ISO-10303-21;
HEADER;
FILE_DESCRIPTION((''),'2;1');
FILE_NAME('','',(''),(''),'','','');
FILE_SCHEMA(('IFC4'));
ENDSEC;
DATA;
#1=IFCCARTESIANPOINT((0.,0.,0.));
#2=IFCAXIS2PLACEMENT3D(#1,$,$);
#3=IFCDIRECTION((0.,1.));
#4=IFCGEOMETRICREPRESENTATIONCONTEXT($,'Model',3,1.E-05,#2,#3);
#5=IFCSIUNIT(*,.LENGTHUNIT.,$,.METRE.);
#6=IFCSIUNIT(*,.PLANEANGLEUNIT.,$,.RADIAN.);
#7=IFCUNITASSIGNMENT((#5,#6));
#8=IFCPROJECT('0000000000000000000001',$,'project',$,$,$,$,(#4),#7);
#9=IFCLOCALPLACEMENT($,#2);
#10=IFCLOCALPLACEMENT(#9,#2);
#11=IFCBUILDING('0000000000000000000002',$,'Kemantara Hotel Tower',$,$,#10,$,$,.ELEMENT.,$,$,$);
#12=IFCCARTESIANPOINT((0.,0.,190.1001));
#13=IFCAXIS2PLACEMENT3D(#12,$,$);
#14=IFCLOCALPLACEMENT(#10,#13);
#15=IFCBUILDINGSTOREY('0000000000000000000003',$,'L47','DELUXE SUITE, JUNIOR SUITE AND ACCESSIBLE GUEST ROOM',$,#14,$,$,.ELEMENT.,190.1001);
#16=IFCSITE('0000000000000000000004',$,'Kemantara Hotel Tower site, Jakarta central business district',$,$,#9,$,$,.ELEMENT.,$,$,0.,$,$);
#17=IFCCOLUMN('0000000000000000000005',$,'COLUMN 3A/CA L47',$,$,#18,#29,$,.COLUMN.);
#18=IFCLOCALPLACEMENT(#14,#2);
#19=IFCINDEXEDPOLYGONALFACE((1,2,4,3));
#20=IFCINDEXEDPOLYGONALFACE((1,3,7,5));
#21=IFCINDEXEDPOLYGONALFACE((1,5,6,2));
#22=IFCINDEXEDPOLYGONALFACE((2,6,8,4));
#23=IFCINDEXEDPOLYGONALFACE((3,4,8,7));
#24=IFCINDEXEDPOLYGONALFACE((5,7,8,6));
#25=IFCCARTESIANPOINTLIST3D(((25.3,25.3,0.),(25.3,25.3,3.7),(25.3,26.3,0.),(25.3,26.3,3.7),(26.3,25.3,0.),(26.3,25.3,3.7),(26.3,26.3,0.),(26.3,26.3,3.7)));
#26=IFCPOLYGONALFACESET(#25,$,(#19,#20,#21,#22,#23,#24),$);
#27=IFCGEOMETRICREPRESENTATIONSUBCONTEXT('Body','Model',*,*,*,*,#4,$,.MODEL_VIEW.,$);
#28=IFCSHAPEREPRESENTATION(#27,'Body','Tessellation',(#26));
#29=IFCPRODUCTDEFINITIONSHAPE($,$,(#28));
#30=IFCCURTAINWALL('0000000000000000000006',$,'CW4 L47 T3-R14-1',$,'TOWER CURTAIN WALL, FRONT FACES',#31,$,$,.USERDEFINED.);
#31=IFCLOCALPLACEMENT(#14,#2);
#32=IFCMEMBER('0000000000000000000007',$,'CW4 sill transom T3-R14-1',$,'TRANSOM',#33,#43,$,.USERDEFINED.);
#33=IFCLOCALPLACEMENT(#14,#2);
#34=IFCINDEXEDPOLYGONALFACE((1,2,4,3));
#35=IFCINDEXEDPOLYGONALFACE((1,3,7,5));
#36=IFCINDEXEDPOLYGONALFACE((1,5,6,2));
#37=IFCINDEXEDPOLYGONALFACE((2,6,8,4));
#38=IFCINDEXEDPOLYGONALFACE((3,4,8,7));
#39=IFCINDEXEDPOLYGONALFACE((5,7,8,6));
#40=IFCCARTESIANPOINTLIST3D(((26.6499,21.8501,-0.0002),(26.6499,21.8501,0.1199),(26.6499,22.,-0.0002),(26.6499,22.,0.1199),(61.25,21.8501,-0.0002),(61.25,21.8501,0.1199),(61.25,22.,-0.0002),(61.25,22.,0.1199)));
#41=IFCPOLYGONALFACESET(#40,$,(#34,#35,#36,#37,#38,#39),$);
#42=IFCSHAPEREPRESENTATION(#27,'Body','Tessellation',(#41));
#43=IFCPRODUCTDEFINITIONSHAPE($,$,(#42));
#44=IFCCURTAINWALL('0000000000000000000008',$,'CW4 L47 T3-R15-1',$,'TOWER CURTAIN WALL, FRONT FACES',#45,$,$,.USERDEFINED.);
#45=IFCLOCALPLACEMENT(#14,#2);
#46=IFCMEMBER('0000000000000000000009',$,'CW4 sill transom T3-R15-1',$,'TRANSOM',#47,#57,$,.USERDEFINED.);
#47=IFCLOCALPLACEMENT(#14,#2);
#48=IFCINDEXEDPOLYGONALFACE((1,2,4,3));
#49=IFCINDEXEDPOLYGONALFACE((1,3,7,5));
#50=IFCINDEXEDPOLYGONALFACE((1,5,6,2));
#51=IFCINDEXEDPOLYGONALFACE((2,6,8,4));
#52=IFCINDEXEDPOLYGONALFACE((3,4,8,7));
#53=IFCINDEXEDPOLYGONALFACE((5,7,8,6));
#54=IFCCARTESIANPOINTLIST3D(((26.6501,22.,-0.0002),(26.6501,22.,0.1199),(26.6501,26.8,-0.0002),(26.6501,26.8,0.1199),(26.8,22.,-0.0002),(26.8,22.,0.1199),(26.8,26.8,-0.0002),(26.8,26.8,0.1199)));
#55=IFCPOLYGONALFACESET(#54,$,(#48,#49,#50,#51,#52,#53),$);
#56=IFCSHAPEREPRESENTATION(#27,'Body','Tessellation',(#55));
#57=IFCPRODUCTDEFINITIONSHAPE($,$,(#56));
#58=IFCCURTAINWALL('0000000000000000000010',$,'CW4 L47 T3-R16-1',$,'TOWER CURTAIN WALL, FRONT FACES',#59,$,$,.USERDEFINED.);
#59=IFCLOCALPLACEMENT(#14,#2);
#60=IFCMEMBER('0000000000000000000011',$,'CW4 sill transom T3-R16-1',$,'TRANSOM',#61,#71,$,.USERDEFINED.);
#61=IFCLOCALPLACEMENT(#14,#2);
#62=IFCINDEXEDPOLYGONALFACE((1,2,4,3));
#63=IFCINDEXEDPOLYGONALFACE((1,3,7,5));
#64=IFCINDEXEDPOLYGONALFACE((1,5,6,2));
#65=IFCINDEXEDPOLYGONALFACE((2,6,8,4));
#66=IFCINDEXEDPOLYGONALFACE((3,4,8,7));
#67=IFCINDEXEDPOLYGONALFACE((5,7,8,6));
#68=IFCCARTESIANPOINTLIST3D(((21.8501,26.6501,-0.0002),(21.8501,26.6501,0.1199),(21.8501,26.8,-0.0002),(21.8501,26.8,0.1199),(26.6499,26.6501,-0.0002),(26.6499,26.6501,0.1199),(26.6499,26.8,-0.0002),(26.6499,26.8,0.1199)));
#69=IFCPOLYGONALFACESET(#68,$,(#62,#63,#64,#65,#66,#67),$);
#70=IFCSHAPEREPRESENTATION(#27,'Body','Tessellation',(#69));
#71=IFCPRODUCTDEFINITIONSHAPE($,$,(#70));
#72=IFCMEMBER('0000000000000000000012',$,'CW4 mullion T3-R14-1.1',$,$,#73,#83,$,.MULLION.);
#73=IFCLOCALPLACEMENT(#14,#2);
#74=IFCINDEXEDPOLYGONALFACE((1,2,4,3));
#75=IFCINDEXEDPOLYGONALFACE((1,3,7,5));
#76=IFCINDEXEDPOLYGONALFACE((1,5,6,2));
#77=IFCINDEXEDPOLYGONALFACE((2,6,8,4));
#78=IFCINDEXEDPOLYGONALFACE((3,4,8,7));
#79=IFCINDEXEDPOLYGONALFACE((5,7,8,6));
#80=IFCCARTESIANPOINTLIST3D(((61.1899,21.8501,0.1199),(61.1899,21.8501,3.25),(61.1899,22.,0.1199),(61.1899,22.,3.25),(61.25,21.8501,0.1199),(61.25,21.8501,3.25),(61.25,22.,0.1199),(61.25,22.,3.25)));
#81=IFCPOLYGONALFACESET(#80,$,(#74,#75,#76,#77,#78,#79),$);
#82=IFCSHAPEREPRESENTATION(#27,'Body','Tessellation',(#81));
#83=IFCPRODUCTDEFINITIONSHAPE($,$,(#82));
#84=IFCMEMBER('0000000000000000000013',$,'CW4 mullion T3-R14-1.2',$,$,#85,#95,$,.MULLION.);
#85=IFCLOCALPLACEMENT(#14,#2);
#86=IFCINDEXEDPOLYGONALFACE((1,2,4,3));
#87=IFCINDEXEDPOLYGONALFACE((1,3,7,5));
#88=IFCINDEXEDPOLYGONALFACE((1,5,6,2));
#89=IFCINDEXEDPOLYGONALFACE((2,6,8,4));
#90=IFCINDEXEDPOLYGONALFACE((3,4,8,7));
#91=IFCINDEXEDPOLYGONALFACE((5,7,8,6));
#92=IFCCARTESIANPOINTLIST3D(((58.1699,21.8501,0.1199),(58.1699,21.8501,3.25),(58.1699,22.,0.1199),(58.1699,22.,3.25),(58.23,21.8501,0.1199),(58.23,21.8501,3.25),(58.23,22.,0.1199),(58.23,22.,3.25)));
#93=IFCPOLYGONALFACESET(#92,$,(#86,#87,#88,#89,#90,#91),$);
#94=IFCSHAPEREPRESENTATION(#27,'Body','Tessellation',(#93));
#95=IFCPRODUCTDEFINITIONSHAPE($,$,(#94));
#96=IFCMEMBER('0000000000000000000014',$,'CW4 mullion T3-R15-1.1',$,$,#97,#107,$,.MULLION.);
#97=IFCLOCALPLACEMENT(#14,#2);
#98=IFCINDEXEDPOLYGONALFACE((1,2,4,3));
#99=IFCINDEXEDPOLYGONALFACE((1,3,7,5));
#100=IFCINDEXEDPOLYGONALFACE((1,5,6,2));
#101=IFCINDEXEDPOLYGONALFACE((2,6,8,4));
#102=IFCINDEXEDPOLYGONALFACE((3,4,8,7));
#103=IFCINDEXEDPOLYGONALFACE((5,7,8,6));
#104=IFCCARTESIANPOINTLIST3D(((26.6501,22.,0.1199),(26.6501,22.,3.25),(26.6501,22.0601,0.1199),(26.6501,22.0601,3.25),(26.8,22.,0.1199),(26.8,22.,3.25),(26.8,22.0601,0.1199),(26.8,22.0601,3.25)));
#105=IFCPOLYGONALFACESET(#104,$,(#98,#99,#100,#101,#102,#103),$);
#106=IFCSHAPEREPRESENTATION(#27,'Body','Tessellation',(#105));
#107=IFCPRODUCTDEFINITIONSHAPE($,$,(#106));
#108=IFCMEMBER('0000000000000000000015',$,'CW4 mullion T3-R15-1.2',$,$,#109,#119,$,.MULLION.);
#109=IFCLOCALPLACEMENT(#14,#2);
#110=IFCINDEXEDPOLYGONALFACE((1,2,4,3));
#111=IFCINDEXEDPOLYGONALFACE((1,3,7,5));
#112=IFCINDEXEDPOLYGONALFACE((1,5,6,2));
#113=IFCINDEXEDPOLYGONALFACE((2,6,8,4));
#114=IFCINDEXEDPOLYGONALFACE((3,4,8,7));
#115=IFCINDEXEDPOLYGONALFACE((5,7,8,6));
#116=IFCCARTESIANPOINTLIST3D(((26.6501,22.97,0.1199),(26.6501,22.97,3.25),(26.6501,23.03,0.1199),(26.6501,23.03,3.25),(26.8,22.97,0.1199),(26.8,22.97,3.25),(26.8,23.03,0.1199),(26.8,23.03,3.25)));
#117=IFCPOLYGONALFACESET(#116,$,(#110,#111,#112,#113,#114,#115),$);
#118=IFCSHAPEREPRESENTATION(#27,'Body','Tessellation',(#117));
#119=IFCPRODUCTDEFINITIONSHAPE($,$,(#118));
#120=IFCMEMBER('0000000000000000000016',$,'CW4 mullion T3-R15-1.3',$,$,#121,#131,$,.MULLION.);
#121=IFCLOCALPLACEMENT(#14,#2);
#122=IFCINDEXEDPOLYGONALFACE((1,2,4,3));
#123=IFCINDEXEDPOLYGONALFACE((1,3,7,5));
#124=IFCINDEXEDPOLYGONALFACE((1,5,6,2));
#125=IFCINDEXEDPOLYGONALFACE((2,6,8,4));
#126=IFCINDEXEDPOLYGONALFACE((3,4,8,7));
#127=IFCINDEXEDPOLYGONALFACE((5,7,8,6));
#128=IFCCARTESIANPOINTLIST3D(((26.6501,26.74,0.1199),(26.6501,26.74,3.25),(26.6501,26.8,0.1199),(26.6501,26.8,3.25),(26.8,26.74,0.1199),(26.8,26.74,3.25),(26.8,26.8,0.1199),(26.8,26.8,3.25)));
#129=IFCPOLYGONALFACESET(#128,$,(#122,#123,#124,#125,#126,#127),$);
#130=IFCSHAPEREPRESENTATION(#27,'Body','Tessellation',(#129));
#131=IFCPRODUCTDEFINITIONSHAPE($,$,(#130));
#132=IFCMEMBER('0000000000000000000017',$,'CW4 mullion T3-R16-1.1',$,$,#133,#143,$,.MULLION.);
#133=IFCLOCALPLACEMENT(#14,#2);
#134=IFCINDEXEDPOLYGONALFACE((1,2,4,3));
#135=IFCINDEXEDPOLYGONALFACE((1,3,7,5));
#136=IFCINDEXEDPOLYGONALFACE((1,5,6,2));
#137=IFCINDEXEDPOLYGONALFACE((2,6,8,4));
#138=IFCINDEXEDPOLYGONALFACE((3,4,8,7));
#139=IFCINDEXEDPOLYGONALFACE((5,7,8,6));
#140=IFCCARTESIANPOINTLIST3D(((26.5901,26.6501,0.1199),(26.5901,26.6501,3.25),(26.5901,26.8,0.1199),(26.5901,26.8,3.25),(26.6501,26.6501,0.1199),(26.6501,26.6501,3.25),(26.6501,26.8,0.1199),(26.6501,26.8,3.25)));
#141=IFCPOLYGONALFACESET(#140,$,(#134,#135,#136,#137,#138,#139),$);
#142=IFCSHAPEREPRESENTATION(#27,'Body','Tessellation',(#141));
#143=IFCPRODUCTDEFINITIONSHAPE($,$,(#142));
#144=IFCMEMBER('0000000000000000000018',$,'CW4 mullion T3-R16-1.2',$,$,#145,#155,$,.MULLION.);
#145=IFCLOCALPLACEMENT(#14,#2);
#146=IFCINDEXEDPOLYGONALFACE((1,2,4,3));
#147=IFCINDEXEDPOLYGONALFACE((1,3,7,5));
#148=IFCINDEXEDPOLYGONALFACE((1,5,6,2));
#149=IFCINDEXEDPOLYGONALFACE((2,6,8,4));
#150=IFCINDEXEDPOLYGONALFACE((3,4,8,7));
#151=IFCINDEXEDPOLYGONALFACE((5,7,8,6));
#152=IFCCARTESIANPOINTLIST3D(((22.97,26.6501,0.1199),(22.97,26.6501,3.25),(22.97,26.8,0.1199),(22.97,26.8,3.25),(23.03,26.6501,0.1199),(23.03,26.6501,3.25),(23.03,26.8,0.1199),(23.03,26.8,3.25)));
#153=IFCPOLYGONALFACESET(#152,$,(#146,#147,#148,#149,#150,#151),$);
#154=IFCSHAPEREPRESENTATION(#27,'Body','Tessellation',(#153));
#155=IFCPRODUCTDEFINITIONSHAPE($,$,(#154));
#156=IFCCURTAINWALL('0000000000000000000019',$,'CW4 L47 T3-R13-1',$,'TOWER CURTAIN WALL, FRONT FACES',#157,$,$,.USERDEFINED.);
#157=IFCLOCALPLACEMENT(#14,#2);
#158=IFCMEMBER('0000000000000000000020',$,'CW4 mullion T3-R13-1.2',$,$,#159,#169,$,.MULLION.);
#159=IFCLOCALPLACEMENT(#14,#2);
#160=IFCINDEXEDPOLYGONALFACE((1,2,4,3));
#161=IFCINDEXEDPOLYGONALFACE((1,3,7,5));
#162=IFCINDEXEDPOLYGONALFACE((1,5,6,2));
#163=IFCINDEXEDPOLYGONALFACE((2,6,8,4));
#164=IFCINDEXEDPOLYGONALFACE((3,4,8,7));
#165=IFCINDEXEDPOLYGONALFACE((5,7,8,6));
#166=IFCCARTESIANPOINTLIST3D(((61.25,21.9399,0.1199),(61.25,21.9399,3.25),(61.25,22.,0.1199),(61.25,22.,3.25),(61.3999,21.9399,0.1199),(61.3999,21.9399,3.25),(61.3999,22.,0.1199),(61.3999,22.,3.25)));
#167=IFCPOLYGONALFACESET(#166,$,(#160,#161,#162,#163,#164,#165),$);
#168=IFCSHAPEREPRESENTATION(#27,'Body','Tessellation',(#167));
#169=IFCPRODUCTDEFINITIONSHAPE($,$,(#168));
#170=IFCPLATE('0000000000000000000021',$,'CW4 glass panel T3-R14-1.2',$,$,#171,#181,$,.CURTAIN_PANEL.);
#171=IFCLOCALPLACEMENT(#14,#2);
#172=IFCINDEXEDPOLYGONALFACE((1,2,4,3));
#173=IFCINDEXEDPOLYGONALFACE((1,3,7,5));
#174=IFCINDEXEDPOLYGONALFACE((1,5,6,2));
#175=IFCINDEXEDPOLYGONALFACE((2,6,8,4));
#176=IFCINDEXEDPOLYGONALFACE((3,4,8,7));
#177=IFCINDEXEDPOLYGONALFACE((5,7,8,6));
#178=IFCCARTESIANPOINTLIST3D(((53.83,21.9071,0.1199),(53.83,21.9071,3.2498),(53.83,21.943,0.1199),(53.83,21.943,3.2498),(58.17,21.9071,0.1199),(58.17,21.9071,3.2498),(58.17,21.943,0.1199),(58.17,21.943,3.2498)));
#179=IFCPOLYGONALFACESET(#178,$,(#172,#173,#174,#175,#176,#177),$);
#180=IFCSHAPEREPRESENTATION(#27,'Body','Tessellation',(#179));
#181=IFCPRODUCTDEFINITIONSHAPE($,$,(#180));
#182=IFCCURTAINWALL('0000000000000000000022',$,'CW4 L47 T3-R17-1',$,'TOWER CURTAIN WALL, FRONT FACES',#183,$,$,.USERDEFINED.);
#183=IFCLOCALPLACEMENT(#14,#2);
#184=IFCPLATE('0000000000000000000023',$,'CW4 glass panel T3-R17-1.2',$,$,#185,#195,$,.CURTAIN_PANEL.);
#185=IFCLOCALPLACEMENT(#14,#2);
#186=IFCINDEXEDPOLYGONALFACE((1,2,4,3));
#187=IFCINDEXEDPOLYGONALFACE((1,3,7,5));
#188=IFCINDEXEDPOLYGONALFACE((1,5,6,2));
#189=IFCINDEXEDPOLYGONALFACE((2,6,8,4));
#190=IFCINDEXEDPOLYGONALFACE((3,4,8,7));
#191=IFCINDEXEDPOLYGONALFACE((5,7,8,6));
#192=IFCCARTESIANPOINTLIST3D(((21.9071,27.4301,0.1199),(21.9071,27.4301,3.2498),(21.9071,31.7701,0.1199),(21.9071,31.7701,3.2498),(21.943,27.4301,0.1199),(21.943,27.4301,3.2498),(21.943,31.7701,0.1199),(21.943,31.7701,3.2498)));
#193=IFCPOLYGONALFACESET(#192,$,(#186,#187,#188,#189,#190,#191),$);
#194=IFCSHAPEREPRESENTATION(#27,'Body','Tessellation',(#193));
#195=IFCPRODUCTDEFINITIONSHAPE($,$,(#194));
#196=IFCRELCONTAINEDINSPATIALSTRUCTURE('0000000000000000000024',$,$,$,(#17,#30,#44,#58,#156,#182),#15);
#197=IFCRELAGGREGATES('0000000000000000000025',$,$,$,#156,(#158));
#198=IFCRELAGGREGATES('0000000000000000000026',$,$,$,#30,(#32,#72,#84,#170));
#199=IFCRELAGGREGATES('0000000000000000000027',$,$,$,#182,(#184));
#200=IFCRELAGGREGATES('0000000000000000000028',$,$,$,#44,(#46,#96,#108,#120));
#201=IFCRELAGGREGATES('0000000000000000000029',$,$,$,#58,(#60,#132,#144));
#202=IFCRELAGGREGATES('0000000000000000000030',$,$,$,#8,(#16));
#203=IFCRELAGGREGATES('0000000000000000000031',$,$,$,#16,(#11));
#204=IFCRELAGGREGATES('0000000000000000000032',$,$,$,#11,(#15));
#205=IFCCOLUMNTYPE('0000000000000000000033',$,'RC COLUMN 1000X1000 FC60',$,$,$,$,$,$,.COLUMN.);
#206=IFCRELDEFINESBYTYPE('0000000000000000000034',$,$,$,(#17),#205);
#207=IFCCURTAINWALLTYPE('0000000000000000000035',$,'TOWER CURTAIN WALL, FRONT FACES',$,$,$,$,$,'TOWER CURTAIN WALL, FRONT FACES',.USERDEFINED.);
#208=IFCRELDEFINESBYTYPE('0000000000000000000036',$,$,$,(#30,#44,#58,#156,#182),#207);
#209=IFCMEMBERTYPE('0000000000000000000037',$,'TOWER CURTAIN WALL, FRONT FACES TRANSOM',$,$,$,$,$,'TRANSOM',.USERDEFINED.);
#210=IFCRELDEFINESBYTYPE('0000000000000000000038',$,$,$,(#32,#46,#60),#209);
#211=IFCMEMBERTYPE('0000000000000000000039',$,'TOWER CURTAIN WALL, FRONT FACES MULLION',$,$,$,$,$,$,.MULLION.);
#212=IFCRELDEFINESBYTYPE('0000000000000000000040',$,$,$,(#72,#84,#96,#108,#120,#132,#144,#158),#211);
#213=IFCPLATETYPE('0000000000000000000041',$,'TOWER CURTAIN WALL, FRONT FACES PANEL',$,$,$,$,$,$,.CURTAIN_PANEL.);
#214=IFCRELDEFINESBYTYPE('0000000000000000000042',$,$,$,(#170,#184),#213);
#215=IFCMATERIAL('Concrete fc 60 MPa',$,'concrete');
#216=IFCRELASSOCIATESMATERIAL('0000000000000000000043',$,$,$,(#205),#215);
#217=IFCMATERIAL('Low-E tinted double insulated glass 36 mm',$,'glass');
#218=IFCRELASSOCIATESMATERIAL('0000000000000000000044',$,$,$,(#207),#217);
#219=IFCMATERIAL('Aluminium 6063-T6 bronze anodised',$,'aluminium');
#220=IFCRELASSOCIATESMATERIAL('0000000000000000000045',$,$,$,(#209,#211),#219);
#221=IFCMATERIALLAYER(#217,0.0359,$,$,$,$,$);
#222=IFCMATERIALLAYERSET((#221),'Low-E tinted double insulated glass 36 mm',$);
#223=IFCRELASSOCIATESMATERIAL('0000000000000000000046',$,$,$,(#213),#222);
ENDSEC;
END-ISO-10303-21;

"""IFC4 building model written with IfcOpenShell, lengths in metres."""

from ifc_helpers import new_model, si_unit, direction, frame, origin, origin_2d, place, context, subcontext, project, spatial, rectangle, extrude, source, transform, mapped, material, layer, layer_set, material_profile, profile_set, type_object, element, aggregate, save


model = new_model("IFC4")

# Units and contexts
model_context = context("Model", 3, precision=1e-05, world=origin(), true_north=direction((0.0, 1.0)))
body_context = subcontext(model_context, "Body", "Model", "MODEL_VIEW")
ifc_project = project(units=[si_unit("LENGTHUNIT", "METRE"), si_unit("PLANEANGLEUNIT", "RADIAN")], contexts=[model_context])

# Site, building, storey
site_placement = place(None, origin())
site = spatial("IfcSite", under=ifc_project, at=site_placement, Name="Kemantara Hotel Tower site, Jakarta central business district", CompositionType="ELEMENT", RefElevation=0.0)
building_placement = place(site_placement, origin())
building = spatial("IfcBuilding", under=site, at=building_placement, Name="Kemantara Hotel Tower", CompositionType="ELEMENT")
storey_placement = place(building_placement, frame((0.0, 0.0, 190.1001)))
storey = spatial("IfcBuildingStorey", under=building, at=storey_placement, Name="L47", Description="DELUXE SUITE, JUNIOR SUITE AND ACCESSIBLE GUEST ROOM", CompositionType="ELEMENT", Elevation=190.1001)

# Column
ifc_material_1 = material(Name="Concrete fc 60 MPa", Category="concrete")
ifc_material_profile_1 = material_profile(ifc_material_1, rectangle(XDim=1.0, YDim=1.0, at=origin_2d()), Name="RC 1000X1000")
ifc_profile_set_1 = profile_set([ifc_material_profile_1], Name="Concrete fc 60 MPa")
column_type = type_object("IfcColumnType", Name="RC COLUMN 1000X1000 FC60", PredefinedType="COLUMN", material=ifc_profile_set_1)
column_placement = place(storey_placement, frame((25.8, 25.8, 0.0), z_axis=(0.0, 0.0, 1.0), x_axis=(1.0, 0.0, 0.0)))
element("IfcColumn", 1, at=column_placement, inside=storey, type_object=column_type, Name="COLUMN 3A/CA L47", PredefinedType="COLUMN", context=body_context, shape_type="SweptSolid", body=[
    extrude(rectangle(XDim=1.0, YDim=1.0, at=origin_2d()), origin(), (0.0, 0.0, 1.0), 3.7),
])

# Curtain walls, members
ifc_material_2 = material(Name="Low-E tinted double insulated glass 36 mm", Category="glass")
curtain_wall_type = type_object("IfcCurtainWallType", Name="TOWER CURTAIN WALL, FRONT FACES", ElementType="TOWER CURTAIN WALL, FRONT FACES", PredefinedType="USERDEFINED", material=ifc_material_2)
curtain_wall_1_placement = place(storey_placement, origin())
curtain_wall_1 = element("IfcCurtainWall", 2, at=curtain_wall_1_placement, inside=storey, type_object=curtain_wall_type, Name="CW4 L47 T3-R14-1", ObjectType="TOWER CURTAIN WALL, FRONT FACES", PredefinedType="USERDEFINED")
ifc_material_3 = material(Name="Aluminium 6063-T6 bronze anodised", Category="aluminium")
ifc_material_profile_2 = material_profile(ifc_material_3, rectangle(XDim=0.1499, YDim=0.1201, at=origin_2d()), Name="TOWER CURTAIN WALL, FRONT FACES TRANSOM")
ifc_profile_set_2 = profile_set([ifc_material_profile_2], Name="Aluminium 6063-T6 bronze anodised")
member_type_1 = type_object("IfcMemberType", Name="TOWER CURTAIN WALL, FRONT FACES TRANSOM", ElementType="TRANSOM", PredefinedType="USERDEFINED", material=ifc_profile_set_2)
member_1_placement = place(storey_placement, frame((61.25, 21.925, 0.0598), z_axis=(-1.0, 0.0, 0.0), x_axis=(0.0, -1.0, 0.0)))
member_1 = element("IfcMember", 3, at=member_1_placement, type_object=member_type_1, Name="CW4 sill transom T3-R14-1", ObjectType="TRANSOM", PredefinedType="USERDEFINED", context=body_context, shape_type="SweptSolid", body=[
    extrude(rectangle(XDim=0.1499, YDim=0.1201, at=origin_2d()), origin(), (0.0, 0.0, 1.0), 34.6001),
])
curtain_wall_2_placement = place(storey_placement, origin())
curtain_wall_2 = element("IfcCurtainWall", 4, at=curtain_wall_2_placement, inside=storey, type_object=curtain_wall_type, Name="CW4 L47 T3-R15-1", ObjectType="TOWER CURTAIN WALL, FRONT FACES", PredefinedType="USERDEFINED")
member_2_placement = place(storey_placement, frame((26.7251, 22.0, 0.0598), z_axis=(0.0, 1.0, 0.0), x_axis=(-1.0, 0.0, 0.0)))
member_2 = element("IfcMember", 5, at=member_2_placement, type_object=member_type_1, Name="CW4 sill transom T3-R15-1", ObjectType="TRANSOM", PredefinedType="USERDEFINED", context=body_context, shape_type="SweptSolid", body=[
    extrude(rectangle(XDim=0.1499, YDim=0.1201, at=origin_2d()), origin(), (0.0, 0.0, 1.0), 4.8),
])
curtain_wall_3_placement = place(storey_placement, origin())
curtain_wall_3 = element("IfcCurtainWall", 6, at=curtain_wall_3_placement, inside=storey, type_object=curtain_wall_type, Name="CW4 L47 T3-R16-1", ObjectType="TOWER CURTAIN WALL, FRONT FACES", PredefinedType="USERDEFINED")
member_3_placement = place(storey_placement, frame((26.6499, 26.7251, 0.0598), z_axis=(-1.0, 0.0, 0.0), x_axis=(0.0, -1.0, 0.0)))
member_3 = element("IfcMember", 7, at=member_3_placement, type_object=member_type_1, Name="CW4 sill transom T3-R16-1", ObjectType="TRANSOM", PredefinedType="USERDEFINED", context=body_context, shape_type="SweptSolid", body=[
    extrude(rectangle(XDim=0.1499, YDim=0.1201, at=origin_2d()), origin(), (0.0, 0.0, 1.0), 4.7998),
])

# Members
ifc_material_profile_3 = material_profile(ifc_material_3, rectangle(XDim=0.1499, YDim=0.0601, at=origin_2d()), Name="TOWER CURTAIN WALL, FRONT FACES MULLION")
ifc_profile_set_3 = profile_set([ifc_material_profile_3], Name="Aluminium 6063-T6 bronze anodised")
member_type_2 = type_object("IfcMemberType", Name="TOWER CURTAIN WALL, FRONT FACES MULLION", PredefinedType="MULLION", material=ifc_profile_set_3)
shared_shape_1 = source(origin(), body_context, "Body", "SweptSolid", [
    extrude(rectangle(XDim=0.1499, YDim=0.0601, at=origin_2d()), origin(), (0.0, 0.0, 1.0), 3.1301),
])
member_4_placement = place(storey_placement, frame((61.22, 21.925, 0.1199), z_axis=(0.0, 0.0, 1.0), x_axis=(0.0, -1.0, 0.0)))
member_4 = element("IfcMember", 8, at=member_4_placement, type_object=member_type_2, Name="CW4 mullion T3-R14-1.1", PredefinedType="MULLION", context=body_context, shape_type="MappedRepresentation", body=[
    mapped(shared_shape_1, transform((0.0, 0.0, 0.0))),
])
member_5_placement = place(storey_placement, frame((58.2, 21.925, 0.1199), z_axis=(0.0, 0.0, 1.0), x_axis=(0.0, -1.0, 0.0)))
member_5 = element("IfcMember", 9, at=member_5_placement, type_object=member_type_2, Name="CW4 mullion T3-R14-1.2", PredefinedType="MULLION", context=body_context, shape_type="MappedRepresentation", body=[
    mapped(shared_shape_1, transform((0.0, 0.0, 0.0))),
])
member_6_placement = place(storey_placement, frame((26.7251, 22.03, 0.1199), z_axis=(0.0, 0.0, 1.0), x_axis=(-1.0, 0.0, 0.0)))
member_6 = element("IfcMember", 10, at=member_6_placement, type_object=member_type_2, Name="CW4 mullion T3-R15-1.1", PredefinedType="MULLION", context=body_context, shape_type="MappedRepresentation", body=[
    mapped(shared_shape_1, transform((0.0, 0.0, 0.0))),
])
member_7_placement = place(storey_placement, frame((26.7251, 23.0, 0.1199), z_axis=(0.0, 0.0, 1.0), x_axis=(-1.0, 0.0, 0.0)))
member_7 = element("IfcMember", 11, at=member_7_placement, type_object=member_type_2, Name="CW4 mullion T3-R15-1.2", PredefinedType="MULLION", context=body_context, shape_type="MappedRepresentation", body=[
    mapped(shared_shape_1, transform((0.0, 0.0, 0.0))),
])
member_8_placement = place(storey_placement, frame((26.7251, 26.77, 0.1199), z_axis=(0.0, 0.0, 1.0), x_axis=(-1.0, 0.0, 0.0)))
member_8 = element("IfcMember", 12, at=member_8_placement, type_object=member_type_2, Name="CW4 mullion T3-R15-1.3", PredefinedType="MULLION", context=body_context, shape_type="MappedRepresentation", body=[
    mapped(shared_shape_1, transform((0.0, 0.0, 0.0))),
])
member_9_placement = place(storey_placement, frame((26.6201, 26.7251, 0.1199), z_axis=(0.0, 0.0, 1.0), x_axis=(0.0, -1.0, 0.0)))
member_9 = element("IfcMember", 13, at=member_9_placement, type_object=member_type_2, Name="CW4 mullion T3-R16-1.1", PredefinedType="MULLION", context=body_context, shape_type="MappedRepresentation", body=[
    mapped(shared_shape_1, transform((0.0, 0.0, 0.0))),
])
member_10_placement = place(storey_placement, frame((23.0, 26.7251, 0.1199), z_axis=(0.0, 0.0, 1.0), x_axis=(0.0, -1.0, 0.0)))
member_10 = element("IfcMember", 14, at=member_10_placement, type_object=member_type_2, Name="CW4 mullion T3-R16-1.2", PredefinedType="MULLION", context=body_context, shape_type="MappedRepresentation", body=[
    mapped(shared_shape_1, transform((0.0, 0.0, 0.0))),
])

# Curtain wall, member
curtain_wall_4_placement = place(storey_placement, origin())
curtain_wall_4 = element("IfcCurtainWall", 15, at=curtain_wall_4_placement, inside=storey, type_object=curtain_wall_type, Name="CW4 L47 T3-R13-1", ObjectType="TOWER CURTAIN WALL, FRONT FACES", PredefinedType="USERDEFINED")
member_11_placement = place(storey_placement, frame((61.325, 21.97, 0.1199), z_axis=(0.0, 0.0, 1.0), x_axis=(-1.0, 0.0, 0.0)))
member_11 = element("IfcMember", 16, at=member_11_placement, type_object=member_type_2, Name="CW4 mullion T3-R13-1.2", PredefinedType="MULLION", context=body_context, shape_type="MappedRepresentation", body=[
    mapped(shared_shape_1, transform((0.0, 0.0, 0.0))),
])
aggregate(curtain_wall_4, [member_11])

# Plate
ifc_layer_1 = layer(ifc_material_2, 0.0359)
ifc_layer_set_1 = layer_set([ifc_layer_1], Name="Low-E tinted double insulated glass 36 mm")
plate_type = type_object("IfcPlateType", Name="TOWER CURTAIN WALL, FRONT FACES PANEL", PredefinedType="CURTAIN_PANEL", material=ifc_layer_set_1)
shared_shape_2 = source(origin(), body_context, "Body", "SweptSolid", [
    extrude(rectangle(XDim=4.3401, YDim=0.0359, at=origin_2d()), origin(), (0.0, 0.0, 1.0), 3.1299),
])
plate_1_placement = place(storey_placement, frame((56.0, 21.925, 0.1199), z_axis=(0.0, 0.0, 1.0), x_axis=(-1.0, 0.0, 0.0)))
plate_1 = element("IfcPlate", 17, at=plate_1_placement, type_object=plate_type, Name="CW4 glass panel T3-R14-1.2", PredefinedType="CURTAIN_PANEL", context=body_context, shape_type="MappedRepresentation", body=[
    mapped(shared_shape_2, transform((0.0, 0.0, 0.0))),
])

# Curtain wall, plate
curtain_wall_5_placement = place(storey_placement, origin())
curtain_wall_5 = element("IfcCurtainWall", 18, at=curtain_wall_5_placement, inside=storey, type_object=curtain_wall_type, Name="CW4 L47 T3-R17-1", ObjectType="TOWER CURTAIN WALL, FRONT FACES", PredefinedType="USERDEFINED")
plate_2_placement = place(storey_placement, frame((21.925, 29.6001, 0.1199), z_axis=(0.0, 0.0, 1.0), x_axis=(0.0, 1.0, 0.0)))
plate_2 = element("IfcPlate", 19, at=plate_2_placement, type_object=plate_type, Name="CW4 glass panel T3-R17-1.2", PredefinedType="CURTAIN_PANEL", context=body_context, shape_type="MappedRepresentation", body=[
    mapped(shared_shape_2, transform((0.0, 0.0, 0.0))),
])

aggregate(curtain_wall_1, [member_1, member_4, member_5, plate_1])
aggregate(curtain_wall_5, [plate_2])
aggregate(curtain_wall_2, [member_2, member_6, member_7, member_8])
aggregate(curtain_wall_3, [member_3, member_9, member_10])

save(model, "model.ifc")
